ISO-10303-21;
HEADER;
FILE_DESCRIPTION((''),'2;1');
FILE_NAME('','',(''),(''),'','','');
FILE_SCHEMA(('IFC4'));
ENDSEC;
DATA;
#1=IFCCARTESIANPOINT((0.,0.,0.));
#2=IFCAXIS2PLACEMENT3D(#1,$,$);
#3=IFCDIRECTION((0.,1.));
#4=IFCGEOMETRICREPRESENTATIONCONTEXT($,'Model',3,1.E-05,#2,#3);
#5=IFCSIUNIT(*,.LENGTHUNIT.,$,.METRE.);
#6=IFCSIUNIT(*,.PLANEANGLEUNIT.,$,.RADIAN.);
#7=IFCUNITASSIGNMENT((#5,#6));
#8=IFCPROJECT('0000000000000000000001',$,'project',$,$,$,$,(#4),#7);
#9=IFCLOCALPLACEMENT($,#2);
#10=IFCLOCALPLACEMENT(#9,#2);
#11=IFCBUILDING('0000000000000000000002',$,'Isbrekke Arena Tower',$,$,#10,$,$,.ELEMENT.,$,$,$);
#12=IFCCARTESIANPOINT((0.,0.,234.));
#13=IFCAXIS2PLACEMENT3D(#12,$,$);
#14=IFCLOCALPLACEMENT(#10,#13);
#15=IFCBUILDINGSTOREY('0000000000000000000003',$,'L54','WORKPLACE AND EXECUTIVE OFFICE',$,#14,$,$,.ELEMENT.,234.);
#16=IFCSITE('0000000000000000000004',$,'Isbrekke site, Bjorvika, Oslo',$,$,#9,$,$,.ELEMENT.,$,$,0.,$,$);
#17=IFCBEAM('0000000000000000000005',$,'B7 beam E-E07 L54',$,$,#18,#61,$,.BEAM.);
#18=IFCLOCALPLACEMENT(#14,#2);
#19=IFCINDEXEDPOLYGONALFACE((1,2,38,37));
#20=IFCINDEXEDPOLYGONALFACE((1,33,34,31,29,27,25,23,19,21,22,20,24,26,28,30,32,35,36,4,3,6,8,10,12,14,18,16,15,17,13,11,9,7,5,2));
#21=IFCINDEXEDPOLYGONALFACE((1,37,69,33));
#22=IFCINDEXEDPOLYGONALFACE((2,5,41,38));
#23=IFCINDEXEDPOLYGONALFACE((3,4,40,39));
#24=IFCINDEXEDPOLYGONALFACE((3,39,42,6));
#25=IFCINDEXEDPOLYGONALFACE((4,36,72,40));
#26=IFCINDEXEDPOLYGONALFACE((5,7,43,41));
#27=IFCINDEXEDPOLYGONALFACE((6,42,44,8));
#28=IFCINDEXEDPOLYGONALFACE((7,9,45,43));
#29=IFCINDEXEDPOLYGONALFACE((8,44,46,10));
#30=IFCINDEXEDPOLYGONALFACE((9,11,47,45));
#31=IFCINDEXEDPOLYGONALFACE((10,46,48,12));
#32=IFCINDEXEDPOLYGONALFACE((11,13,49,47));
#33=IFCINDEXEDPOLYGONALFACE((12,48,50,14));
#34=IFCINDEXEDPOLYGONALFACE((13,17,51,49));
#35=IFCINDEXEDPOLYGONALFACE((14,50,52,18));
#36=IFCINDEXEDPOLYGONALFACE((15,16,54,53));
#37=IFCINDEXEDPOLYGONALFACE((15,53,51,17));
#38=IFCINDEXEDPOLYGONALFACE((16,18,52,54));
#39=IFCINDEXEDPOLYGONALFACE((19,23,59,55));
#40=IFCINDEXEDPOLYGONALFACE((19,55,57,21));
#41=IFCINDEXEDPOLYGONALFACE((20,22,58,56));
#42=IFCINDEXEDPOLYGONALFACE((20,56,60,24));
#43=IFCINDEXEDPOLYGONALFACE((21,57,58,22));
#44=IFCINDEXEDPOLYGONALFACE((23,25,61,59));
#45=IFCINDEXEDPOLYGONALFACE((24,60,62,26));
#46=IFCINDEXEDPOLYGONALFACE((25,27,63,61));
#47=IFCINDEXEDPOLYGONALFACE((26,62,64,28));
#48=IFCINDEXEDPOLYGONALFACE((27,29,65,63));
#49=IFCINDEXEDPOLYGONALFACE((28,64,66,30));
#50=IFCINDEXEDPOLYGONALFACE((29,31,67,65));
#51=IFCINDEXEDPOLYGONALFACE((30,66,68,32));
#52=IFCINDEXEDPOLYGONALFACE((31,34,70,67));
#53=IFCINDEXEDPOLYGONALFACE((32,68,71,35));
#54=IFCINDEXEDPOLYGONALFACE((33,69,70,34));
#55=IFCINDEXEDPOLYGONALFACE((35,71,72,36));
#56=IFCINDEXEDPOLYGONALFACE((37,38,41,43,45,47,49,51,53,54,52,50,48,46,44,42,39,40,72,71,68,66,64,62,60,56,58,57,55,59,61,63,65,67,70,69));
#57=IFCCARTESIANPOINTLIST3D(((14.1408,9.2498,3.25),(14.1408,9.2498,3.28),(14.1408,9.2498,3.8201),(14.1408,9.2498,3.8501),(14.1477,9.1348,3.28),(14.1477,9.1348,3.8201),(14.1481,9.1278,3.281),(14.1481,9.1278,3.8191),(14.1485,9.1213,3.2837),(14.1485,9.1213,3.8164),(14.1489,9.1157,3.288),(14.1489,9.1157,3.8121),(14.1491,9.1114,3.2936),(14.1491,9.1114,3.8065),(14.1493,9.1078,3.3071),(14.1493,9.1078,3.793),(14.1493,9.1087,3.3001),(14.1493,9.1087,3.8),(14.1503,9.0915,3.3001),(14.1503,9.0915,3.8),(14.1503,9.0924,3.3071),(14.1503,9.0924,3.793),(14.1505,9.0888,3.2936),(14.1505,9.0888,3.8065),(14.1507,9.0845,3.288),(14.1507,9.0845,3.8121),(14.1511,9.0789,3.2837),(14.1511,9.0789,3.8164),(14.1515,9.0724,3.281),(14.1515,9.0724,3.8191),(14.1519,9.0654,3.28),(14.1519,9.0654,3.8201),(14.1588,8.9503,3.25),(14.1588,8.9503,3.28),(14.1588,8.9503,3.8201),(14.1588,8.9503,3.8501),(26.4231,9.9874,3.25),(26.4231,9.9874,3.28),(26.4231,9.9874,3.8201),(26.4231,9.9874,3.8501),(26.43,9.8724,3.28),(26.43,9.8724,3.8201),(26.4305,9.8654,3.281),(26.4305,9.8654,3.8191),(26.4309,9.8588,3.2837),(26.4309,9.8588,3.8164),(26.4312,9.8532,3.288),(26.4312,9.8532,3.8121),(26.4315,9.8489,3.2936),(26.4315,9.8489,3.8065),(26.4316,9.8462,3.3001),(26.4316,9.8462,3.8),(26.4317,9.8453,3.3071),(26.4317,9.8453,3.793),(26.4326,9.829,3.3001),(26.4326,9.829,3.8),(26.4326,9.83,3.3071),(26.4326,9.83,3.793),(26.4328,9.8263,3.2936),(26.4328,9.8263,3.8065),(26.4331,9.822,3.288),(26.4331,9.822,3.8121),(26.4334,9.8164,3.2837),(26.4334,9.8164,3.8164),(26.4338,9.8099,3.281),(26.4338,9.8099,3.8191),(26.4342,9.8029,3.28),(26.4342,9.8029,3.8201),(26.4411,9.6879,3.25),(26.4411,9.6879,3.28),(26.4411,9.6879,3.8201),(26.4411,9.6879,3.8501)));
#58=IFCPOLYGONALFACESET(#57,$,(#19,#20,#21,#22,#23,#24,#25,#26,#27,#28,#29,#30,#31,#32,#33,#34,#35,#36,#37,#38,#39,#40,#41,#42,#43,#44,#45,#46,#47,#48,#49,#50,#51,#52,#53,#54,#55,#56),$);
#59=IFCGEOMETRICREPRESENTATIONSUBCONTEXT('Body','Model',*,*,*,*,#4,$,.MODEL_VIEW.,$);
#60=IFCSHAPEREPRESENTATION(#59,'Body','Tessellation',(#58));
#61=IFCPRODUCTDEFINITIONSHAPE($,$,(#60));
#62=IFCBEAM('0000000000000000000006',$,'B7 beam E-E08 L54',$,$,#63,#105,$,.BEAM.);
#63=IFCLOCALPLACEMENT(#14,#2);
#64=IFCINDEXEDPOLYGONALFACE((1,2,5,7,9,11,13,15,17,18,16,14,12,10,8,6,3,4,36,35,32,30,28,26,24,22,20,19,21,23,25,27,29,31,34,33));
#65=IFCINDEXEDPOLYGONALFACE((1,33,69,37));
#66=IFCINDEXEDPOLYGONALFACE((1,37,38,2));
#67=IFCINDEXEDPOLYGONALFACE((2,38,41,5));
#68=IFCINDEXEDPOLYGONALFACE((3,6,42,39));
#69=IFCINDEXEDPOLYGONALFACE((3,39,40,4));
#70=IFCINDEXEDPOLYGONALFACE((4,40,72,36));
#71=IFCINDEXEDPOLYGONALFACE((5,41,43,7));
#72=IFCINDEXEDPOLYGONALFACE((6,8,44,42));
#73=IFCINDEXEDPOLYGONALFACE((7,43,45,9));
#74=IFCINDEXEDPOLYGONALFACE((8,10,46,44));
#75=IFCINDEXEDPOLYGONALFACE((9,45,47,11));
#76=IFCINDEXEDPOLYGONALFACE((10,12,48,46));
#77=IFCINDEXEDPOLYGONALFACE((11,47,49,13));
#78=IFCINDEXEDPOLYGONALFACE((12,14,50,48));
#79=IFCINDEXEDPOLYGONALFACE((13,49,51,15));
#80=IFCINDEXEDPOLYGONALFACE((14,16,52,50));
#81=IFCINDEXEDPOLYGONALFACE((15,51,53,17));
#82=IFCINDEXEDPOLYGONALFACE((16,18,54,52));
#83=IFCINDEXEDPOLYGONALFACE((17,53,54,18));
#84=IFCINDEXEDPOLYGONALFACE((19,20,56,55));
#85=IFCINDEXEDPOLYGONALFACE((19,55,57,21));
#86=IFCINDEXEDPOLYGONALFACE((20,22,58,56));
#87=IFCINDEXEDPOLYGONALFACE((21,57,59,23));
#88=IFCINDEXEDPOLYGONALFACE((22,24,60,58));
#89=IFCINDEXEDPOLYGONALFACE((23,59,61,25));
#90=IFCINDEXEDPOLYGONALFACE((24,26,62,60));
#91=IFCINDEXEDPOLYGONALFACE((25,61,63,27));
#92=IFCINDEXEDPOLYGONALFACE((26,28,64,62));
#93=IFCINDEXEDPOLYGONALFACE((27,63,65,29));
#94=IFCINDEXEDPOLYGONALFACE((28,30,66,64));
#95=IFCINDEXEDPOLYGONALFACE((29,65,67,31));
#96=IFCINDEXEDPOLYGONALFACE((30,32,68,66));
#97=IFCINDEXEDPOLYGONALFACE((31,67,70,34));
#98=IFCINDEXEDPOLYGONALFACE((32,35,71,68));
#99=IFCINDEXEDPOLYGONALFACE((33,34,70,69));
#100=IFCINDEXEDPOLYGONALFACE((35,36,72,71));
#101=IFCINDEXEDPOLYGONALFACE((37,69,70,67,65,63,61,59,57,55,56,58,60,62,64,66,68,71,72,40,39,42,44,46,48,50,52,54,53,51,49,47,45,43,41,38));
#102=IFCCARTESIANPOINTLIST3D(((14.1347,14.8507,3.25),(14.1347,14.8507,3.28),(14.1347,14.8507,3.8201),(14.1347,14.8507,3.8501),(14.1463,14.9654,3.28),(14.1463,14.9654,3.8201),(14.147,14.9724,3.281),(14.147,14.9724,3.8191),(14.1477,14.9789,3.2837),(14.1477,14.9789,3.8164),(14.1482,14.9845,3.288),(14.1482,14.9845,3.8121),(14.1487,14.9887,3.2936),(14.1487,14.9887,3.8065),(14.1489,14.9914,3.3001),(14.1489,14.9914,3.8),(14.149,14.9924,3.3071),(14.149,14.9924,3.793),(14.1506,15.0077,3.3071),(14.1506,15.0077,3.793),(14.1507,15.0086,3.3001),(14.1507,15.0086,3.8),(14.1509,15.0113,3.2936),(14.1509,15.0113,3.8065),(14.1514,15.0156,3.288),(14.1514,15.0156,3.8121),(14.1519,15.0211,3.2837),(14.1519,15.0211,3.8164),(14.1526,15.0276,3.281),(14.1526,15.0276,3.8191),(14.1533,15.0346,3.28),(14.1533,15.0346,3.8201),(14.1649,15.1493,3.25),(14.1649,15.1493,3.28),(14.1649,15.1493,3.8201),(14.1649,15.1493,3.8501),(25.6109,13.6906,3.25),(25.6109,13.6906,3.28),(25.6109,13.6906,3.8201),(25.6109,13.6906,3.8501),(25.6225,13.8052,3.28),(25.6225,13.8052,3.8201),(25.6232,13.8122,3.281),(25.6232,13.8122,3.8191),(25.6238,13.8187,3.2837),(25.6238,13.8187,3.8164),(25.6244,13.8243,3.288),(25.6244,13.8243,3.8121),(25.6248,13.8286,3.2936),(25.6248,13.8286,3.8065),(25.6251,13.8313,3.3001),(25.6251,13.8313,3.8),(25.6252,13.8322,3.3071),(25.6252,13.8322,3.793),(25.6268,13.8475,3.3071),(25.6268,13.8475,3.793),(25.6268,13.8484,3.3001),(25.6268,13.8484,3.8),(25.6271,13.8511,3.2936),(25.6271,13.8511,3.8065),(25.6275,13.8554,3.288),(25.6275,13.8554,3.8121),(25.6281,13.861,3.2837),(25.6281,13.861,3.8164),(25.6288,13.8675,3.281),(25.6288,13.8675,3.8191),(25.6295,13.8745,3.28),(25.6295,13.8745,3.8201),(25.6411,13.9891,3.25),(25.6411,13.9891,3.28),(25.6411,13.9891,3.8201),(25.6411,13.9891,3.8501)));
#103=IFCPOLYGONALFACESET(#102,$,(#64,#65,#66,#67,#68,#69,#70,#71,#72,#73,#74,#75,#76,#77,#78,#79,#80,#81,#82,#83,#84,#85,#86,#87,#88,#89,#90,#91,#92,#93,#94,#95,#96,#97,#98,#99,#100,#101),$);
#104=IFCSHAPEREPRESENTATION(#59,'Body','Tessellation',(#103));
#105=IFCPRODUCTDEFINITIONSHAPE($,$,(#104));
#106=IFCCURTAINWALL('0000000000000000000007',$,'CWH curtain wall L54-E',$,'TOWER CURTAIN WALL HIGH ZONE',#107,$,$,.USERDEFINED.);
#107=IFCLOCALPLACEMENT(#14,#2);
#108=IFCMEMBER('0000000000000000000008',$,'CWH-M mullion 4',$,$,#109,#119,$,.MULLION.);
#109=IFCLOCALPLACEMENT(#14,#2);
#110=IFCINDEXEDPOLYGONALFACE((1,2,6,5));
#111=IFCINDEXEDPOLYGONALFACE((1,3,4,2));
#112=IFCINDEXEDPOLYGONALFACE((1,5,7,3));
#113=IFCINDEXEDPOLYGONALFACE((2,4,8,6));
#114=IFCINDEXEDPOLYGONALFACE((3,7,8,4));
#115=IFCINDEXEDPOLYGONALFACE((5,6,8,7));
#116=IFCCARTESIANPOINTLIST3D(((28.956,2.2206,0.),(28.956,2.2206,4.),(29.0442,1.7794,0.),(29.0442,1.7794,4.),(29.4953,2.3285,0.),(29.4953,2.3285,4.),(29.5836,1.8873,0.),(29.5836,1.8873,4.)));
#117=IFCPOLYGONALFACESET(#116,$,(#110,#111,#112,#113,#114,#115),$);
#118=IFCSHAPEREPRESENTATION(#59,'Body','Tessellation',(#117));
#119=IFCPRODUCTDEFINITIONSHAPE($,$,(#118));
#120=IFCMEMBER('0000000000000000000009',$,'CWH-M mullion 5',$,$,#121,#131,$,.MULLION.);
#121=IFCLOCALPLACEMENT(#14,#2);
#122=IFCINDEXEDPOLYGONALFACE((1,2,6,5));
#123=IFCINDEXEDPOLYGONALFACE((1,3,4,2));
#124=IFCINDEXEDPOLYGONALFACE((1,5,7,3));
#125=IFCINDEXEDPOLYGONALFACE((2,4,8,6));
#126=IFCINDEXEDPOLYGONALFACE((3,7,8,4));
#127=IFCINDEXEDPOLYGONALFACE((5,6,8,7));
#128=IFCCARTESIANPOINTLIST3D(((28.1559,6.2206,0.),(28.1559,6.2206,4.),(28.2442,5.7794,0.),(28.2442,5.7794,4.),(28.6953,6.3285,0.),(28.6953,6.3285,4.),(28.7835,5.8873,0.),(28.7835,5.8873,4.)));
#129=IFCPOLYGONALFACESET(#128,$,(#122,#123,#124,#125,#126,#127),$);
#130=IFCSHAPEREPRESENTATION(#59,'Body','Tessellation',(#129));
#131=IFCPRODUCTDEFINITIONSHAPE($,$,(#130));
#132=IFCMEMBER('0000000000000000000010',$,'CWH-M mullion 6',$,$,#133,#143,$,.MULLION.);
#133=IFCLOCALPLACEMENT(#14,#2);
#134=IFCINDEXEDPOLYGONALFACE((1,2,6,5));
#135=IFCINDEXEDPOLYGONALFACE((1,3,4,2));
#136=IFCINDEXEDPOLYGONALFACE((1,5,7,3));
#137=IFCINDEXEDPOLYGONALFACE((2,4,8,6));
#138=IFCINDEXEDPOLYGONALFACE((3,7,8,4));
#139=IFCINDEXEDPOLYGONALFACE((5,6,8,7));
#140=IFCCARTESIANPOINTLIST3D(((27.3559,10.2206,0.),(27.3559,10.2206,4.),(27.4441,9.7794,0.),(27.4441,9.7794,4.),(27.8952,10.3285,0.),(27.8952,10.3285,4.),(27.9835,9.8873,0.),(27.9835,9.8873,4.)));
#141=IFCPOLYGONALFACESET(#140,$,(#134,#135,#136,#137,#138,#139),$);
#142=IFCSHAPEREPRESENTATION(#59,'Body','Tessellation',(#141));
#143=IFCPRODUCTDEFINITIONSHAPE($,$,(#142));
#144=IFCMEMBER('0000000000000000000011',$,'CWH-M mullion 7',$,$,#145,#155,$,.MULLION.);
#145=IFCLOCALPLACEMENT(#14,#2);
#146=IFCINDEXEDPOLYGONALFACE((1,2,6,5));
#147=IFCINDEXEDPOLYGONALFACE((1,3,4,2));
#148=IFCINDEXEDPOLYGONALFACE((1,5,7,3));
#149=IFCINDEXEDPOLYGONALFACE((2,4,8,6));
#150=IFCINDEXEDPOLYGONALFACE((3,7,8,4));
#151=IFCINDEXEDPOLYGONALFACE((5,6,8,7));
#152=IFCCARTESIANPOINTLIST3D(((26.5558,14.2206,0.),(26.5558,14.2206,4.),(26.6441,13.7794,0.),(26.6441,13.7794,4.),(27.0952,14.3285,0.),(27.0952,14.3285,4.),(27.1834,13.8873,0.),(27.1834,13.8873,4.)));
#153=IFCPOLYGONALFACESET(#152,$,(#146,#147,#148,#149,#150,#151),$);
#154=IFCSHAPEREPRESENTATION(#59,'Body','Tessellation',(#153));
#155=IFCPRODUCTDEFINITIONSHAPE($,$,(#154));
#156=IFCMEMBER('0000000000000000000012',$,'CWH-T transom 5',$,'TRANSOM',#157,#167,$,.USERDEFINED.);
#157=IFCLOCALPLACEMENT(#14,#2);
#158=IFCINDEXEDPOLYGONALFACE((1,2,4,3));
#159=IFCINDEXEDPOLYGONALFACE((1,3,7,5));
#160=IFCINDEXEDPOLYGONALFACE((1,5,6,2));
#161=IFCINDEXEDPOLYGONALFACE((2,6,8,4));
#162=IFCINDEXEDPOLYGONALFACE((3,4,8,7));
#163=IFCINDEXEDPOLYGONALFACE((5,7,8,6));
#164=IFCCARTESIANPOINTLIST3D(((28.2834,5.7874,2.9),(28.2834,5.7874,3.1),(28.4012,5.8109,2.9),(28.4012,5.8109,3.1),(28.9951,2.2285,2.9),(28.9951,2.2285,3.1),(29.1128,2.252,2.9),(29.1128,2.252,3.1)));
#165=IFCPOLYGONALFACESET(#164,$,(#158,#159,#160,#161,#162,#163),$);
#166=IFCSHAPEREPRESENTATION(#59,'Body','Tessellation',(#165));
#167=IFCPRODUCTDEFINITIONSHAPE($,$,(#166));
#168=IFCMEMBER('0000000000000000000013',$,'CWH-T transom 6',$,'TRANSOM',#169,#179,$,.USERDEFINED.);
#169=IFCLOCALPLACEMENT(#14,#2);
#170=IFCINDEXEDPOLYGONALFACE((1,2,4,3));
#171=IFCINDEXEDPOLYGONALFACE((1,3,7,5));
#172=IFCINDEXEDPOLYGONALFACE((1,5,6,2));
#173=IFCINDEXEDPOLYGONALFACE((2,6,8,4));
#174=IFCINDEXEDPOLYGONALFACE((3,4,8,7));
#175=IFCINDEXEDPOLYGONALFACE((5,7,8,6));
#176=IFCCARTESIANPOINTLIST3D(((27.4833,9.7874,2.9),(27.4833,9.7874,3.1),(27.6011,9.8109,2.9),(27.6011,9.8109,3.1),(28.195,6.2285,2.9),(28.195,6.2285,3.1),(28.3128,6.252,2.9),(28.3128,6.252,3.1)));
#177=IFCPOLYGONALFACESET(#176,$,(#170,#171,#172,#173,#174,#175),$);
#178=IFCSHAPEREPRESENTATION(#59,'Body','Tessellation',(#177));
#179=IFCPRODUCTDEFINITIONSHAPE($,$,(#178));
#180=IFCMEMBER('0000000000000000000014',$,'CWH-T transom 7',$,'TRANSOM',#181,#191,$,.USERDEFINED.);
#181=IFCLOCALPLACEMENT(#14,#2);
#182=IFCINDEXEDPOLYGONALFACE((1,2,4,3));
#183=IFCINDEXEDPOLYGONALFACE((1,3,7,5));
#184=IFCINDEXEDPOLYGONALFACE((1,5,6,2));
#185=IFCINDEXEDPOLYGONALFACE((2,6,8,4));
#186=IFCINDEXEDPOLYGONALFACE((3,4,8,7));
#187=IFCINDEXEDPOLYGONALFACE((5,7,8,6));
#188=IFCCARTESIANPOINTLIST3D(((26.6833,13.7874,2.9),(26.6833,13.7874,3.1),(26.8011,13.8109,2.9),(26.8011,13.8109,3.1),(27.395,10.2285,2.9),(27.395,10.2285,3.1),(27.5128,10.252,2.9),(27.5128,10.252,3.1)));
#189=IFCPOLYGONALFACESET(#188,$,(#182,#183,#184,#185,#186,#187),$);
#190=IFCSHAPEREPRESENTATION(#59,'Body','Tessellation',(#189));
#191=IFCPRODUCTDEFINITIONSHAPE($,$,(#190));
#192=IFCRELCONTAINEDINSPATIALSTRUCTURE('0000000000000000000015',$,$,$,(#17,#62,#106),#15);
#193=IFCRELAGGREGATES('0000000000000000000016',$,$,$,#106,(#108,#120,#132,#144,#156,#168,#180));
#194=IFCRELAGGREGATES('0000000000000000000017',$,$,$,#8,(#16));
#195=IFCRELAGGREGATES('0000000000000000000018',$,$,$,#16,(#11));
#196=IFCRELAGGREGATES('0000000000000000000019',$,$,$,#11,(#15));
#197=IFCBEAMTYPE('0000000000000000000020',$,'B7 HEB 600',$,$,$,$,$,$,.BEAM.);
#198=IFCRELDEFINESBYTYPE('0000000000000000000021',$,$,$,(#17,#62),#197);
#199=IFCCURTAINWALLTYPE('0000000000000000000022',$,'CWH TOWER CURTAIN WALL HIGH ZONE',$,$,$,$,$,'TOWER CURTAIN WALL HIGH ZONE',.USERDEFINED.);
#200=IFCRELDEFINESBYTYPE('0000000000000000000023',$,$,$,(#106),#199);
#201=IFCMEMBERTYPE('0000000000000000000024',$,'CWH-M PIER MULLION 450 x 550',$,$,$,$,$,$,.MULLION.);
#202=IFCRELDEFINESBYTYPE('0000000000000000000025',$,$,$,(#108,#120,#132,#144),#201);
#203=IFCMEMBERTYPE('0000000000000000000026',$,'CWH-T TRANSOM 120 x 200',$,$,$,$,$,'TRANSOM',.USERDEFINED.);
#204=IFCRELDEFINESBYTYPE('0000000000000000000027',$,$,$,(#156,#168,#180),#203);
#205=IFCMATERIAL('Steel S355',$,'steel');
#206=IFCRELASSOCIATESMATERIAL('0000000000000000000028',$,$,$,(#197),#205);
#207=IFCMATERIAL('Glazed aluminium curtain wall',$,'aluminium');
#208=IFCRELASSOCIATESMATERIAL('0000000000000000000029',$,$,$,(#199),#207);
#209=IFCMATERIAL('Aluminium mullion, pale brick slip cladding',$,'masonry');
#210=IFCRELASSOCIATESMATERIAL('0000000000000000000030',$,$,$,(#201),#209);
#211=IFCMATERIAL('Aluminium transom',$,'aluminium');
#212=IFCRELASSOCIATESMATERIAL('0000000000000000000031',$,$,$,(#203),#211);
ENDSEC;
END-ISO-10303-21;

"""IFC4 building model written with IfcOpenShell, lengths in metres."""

from ifc_helpers import new_model, si_unit, direction, frame, origin, origin_2d, place, context, subcontext, project, spatial, rectangle, i_section, extrude, material, material_profile, profile_set, type_object, element, aggregate, save


model = new_model("IFC4")

# Units and contexts
model_context = context("Model", 3, precision=1e-05, world=origin(), true_north=direction((0.0, 1.0)))
body_context = subcontext(model_context, "Body", "Model", "MODEL_VIEW")
ifc_project = project(units=[si_unit("LENGTHUNIT", "METRE"), si_unit("PLANEANGLEUNIT", "RADIAN")], contexts=[model_context])

# Site, building, storey
site_placement = place(None, origin())
site = spatial("IfcSite", under=ifc_project, at=site_placement, Name="Isbrekke site, Bjorvika, Oslo", CompositionType="ELEMENT", RefElevation=0.0)
building_placement = place(site_placement, origin())
building = spatial("IfcBuilding", under=site, at=building_placement, Name="Isbrekke Arena Tower", CompositionType="ELEMENT")
storey_placement = place(building_placement, frame((0.0, 0.0, 234.0)))
storey = spatial("IfcBuildingStorey", under=building, at=storey_placement, Name="L54", Description="WORKPLACE AND EXECUTIVE OFFICE", CompositionType="ELEMENT", Elevation=234.0)

# Beams
ifc_material_1 = material(Name="Steel S355", Category="steel")
ifc_material_profile_1 = material_profile(ifc_material_1, i_section(OverallWidth=0.3, OverallDepth=0.6001, WebThickness=0.0154, FlangeThickness=0.03, FilletRadius=0.0271, at=origin_2d()), Name="HEB 600")
ifc_profile_set_1 = profile_set([ifc_material_profile_1], Name="Steel S355")
beam_type_1 = type_object("IfcBeamType", Name="B7 HEB 600", PredefinedType="BEAM", material=ifc_profile_set_1)
beam_1_placement = place(storey_placement, frame((26.4321, 9.8376, 3.55), z_axis=(-0.998202, -0.059942, 0.0), x_axis=(0.059942, -0.998202, 0.0)))
element("IfcBeam", 1, at=beam_1_placement, inside=storey, type_object=beam_type_1, Name="B7 beam E-E07 L54", PredefinedType="BEAM", context=body_context, shape_type="SweptSolid", body=[
    extrude(i_section(OverallWidth=0.3, OverallDepth=0.6001, WebThickness=0.0154, FlangeThickness=0.03, FilletRadius=0.0271, at=origin_2d()), origin(), (0.0, 0.0, 1.0), 12.3044),
])
beam_2_placement = place(storey_placement, frame((25.626, 13.8398, 3.55), z_axis=(-0.994929, 0.100581, 0.0), x_axis=(-0.100581, -0.994929, 0.0)))
element("IfcBeam", 2, at=beam_2_placement, inside=storey, type_object=beam_type_1, Name="B7 beam E-E08 L54", PredefinedType="BEAM", context=body_context, shape_type="SweptSolid", body=[
    extrude(i_section(OverallWidth=0.3, OverallDepth=0.6001, WebThickness=0.0154, FlangeThickness=0.03, FilletRadius=0.0271, at=origin_2d()), origin(), (0.0, 0.0, 1.0), 11.5347),
])

# Curtain wall, members
ifc_material_2 = material(Name="Glazed aluminium curtain wall", Category="aluminium")
curtain_wall_type = type_object("IfcCurtainWallType", Name="CWH TOWER CURTAIN WALL HIGH ZONE", ElementType="TOWER CURTAIN WALL HIGH ZONE", PredefinedType="USERDEFINED", material=ifc_material_2)
curtain_wall_placement = place(storey_placement, origin())
curtain_wall = element("IfcCurtainWall", 3, at=curtain_wall_placement, inside=storey, type_object=curtain_wall_type, Name="CWH curtain wall L54-E", ObjectType="TOWER CURTAIN WALL HIGH ZONE", PredefinedType="USERDEFINED")
ifc_material_3 = material(Name="Aluminium mullion, pale brick slip cladding", Category="masonry")
ifc_material_profile_2 = material_profile(ifc_material_3, rectangle(XDim=0.45, YDim=0.55, at=origin_2d()), Name="PIER 450X550")
ifc_profile_set_2 = profile_set([ifc_material_profile_2], Name="Aluminium mullion, pale brick slip cladding")
member_type_1 = type_object("IfcMemberType", Name="CWH-M PIER MULLION 450 x 550", PredefinedType="MULLION", material=ifc_profile_set_2)
member_1_placement = place(storey_placement, frame((29.2698, 2.054, 0.0), z_axis=(0.0, 0.0, 1.0), x_axis=(-0.196116, 0.980581, 0.0)))
member_1 = element("IfcMember", 4, at=member_1_placement, type_object=member_type_1, Name="CWH-M mullion 4", PredefinedType="MULLION", context=body_context, shape_type="SweptSolid", body=[
    extrude(rectangle(XDim=0.45, YDim=0.55, at=origin_2d()), origin(), (0.0, 0.0, 1.0), 4.0),
])
member_2_placement = place(storey_placement, frame((28.4697, 6.054, 0.0), z_axis=(0.0, 0.0, 1.0), x_axis=(-0.196116, 0.980581, 0.0)))
member_2 = element("IfcMember", 5, at=member_2_placement, type_object=member_type_1, Name="CWH-M mullion 5", PredefinedType="MULLION", context=body_context, shape_type="SweptSolid", body=[
    extrude(rectangle(XDim=0.45, YDim=0.55, at=origin_2d()), origin(), (0.0, 0.0, 1.0), 4.0),
])
member_3_placement = place(storey_placement, frame((27.6697, 10.054, 0.0), z_axis=(0.0, 0.0, 1.0), x_axis=(-0.196116, 0.980581, 0.0)))
member_3 = element("IfcMember", 6, at=member_3_placement, type_object=member_type_1, Name="CWH-M mullion 6", PredefinedType="MULLION", context=body_context, shape_type="SweptSolid", body=[
    extrude(rectangle(XDim=0.45, YDim=0.55, at=origin_2d()), origin(), (0.0, 0.0, 1.0), 4.0),
])
member_4_placement = place(storey_placement, frame((26.8696, 14.054, 0.0), z_axis=(0.0, 0.0, 1.0), x_axis=(-0.196116, 0.980581, 0.0)))
member_4 = element("IfcMember", 7, at=member_4_placement, type_object=member_type_1, Name="CWH-M mullion 7", PredefinedType="MULLION", context=body_context, shape_type="SweptSolid", body=[
    extrude(rectangle(XDim=0.45, YDim=0.55, at=origin_2d()), origin(), (0.0, 0.0, 1.0), 4.0),
])
ifc_material_4 = material(Name="Aluminium transom", Category="aluminium")
ifc_material_profile_3 = material_profile(ifc_material_4, rectangle(XDim=0.1201, YDim=0.2, at=origin_2d()), Name="TRANSOM 120X200")
ifc_profile_set_3 = profile_set([ifc_material_profile_3], Name="Aluminium transom")
member_type_2 = type_object("IfcMemberType", Name="CWH-T TRANSOM 120 x 200", ElementType="TRANSOM", PredefinedType="USERDEFINED", material=ifc_profile_set_3)
member_5_placement = place(storey_placement, frame((29.054, 2.2402, 3.0), z_axis=(-0.19609, 0.980586, 0.0), x_axis=(-0.980586, -0.19609, 0.0)))
member_5 = element("IfcMember", 8, at=member_5_placement, type_object=member_type_2, Name="CWH-T transom 5", ObjectType="TRANSOM", PredefinedType="USERDEFINED", context=body_context, shape_type="SweptSolid", body=[
    extrude(rectangle(XDim=0.1201, YDim=0.2, at=origin_2d()), origin(), (0.0, 0.0, 1.0), 3.6294),
])
member_6_placement = place(storey_placement, frame((28.2539, 6.2402, 3.0), z_axis=(-0.19609, 0.980586, 0.0), x_axis=(-0.980586, -0.19609, 0.0)))
member_6 = element("IfcMember", 9, at=member_6_placement, type_object=member_type_2, Name="CWH-T transom 6", ObjectType="TRANSOM", PredefinedType="USERDEFINED", context=body_context, shape_type="SweptSolid", body=[
    extrude(rectangle(XDim=0.1201, YDim=0.2, at=origin_2d()), origin(), (0.0, 0.0, 1.0), 3.6294),
])
member_7_placement = place(storey_placement, frame((27.4539, 10.2402, 3.0), z_axis=(-0.19609, 0.980586, 0.0), x_axis=(-0.980586, -0.19609, 0.0)))
member_7 = element("IfcMember", 10, at=member_7_placement, type_object=member_type_2, Name="CWH-T transom 7", ObjectType="TRANSOM", PredefinedType="USERDEFINED", context=body_context, shape_type="SweptSolid", body=[
    extrude(rectangle(XDim=0.1201, YDim=0.2, at=origin_2d()), origin(), (0.0, 0.0, 1.0), 3.6294),
])

aggregate(curtain_wall, [member_1, member_2, member_3, member_4, member_5, member_6, member_7])

save(model, "model.ifc")
